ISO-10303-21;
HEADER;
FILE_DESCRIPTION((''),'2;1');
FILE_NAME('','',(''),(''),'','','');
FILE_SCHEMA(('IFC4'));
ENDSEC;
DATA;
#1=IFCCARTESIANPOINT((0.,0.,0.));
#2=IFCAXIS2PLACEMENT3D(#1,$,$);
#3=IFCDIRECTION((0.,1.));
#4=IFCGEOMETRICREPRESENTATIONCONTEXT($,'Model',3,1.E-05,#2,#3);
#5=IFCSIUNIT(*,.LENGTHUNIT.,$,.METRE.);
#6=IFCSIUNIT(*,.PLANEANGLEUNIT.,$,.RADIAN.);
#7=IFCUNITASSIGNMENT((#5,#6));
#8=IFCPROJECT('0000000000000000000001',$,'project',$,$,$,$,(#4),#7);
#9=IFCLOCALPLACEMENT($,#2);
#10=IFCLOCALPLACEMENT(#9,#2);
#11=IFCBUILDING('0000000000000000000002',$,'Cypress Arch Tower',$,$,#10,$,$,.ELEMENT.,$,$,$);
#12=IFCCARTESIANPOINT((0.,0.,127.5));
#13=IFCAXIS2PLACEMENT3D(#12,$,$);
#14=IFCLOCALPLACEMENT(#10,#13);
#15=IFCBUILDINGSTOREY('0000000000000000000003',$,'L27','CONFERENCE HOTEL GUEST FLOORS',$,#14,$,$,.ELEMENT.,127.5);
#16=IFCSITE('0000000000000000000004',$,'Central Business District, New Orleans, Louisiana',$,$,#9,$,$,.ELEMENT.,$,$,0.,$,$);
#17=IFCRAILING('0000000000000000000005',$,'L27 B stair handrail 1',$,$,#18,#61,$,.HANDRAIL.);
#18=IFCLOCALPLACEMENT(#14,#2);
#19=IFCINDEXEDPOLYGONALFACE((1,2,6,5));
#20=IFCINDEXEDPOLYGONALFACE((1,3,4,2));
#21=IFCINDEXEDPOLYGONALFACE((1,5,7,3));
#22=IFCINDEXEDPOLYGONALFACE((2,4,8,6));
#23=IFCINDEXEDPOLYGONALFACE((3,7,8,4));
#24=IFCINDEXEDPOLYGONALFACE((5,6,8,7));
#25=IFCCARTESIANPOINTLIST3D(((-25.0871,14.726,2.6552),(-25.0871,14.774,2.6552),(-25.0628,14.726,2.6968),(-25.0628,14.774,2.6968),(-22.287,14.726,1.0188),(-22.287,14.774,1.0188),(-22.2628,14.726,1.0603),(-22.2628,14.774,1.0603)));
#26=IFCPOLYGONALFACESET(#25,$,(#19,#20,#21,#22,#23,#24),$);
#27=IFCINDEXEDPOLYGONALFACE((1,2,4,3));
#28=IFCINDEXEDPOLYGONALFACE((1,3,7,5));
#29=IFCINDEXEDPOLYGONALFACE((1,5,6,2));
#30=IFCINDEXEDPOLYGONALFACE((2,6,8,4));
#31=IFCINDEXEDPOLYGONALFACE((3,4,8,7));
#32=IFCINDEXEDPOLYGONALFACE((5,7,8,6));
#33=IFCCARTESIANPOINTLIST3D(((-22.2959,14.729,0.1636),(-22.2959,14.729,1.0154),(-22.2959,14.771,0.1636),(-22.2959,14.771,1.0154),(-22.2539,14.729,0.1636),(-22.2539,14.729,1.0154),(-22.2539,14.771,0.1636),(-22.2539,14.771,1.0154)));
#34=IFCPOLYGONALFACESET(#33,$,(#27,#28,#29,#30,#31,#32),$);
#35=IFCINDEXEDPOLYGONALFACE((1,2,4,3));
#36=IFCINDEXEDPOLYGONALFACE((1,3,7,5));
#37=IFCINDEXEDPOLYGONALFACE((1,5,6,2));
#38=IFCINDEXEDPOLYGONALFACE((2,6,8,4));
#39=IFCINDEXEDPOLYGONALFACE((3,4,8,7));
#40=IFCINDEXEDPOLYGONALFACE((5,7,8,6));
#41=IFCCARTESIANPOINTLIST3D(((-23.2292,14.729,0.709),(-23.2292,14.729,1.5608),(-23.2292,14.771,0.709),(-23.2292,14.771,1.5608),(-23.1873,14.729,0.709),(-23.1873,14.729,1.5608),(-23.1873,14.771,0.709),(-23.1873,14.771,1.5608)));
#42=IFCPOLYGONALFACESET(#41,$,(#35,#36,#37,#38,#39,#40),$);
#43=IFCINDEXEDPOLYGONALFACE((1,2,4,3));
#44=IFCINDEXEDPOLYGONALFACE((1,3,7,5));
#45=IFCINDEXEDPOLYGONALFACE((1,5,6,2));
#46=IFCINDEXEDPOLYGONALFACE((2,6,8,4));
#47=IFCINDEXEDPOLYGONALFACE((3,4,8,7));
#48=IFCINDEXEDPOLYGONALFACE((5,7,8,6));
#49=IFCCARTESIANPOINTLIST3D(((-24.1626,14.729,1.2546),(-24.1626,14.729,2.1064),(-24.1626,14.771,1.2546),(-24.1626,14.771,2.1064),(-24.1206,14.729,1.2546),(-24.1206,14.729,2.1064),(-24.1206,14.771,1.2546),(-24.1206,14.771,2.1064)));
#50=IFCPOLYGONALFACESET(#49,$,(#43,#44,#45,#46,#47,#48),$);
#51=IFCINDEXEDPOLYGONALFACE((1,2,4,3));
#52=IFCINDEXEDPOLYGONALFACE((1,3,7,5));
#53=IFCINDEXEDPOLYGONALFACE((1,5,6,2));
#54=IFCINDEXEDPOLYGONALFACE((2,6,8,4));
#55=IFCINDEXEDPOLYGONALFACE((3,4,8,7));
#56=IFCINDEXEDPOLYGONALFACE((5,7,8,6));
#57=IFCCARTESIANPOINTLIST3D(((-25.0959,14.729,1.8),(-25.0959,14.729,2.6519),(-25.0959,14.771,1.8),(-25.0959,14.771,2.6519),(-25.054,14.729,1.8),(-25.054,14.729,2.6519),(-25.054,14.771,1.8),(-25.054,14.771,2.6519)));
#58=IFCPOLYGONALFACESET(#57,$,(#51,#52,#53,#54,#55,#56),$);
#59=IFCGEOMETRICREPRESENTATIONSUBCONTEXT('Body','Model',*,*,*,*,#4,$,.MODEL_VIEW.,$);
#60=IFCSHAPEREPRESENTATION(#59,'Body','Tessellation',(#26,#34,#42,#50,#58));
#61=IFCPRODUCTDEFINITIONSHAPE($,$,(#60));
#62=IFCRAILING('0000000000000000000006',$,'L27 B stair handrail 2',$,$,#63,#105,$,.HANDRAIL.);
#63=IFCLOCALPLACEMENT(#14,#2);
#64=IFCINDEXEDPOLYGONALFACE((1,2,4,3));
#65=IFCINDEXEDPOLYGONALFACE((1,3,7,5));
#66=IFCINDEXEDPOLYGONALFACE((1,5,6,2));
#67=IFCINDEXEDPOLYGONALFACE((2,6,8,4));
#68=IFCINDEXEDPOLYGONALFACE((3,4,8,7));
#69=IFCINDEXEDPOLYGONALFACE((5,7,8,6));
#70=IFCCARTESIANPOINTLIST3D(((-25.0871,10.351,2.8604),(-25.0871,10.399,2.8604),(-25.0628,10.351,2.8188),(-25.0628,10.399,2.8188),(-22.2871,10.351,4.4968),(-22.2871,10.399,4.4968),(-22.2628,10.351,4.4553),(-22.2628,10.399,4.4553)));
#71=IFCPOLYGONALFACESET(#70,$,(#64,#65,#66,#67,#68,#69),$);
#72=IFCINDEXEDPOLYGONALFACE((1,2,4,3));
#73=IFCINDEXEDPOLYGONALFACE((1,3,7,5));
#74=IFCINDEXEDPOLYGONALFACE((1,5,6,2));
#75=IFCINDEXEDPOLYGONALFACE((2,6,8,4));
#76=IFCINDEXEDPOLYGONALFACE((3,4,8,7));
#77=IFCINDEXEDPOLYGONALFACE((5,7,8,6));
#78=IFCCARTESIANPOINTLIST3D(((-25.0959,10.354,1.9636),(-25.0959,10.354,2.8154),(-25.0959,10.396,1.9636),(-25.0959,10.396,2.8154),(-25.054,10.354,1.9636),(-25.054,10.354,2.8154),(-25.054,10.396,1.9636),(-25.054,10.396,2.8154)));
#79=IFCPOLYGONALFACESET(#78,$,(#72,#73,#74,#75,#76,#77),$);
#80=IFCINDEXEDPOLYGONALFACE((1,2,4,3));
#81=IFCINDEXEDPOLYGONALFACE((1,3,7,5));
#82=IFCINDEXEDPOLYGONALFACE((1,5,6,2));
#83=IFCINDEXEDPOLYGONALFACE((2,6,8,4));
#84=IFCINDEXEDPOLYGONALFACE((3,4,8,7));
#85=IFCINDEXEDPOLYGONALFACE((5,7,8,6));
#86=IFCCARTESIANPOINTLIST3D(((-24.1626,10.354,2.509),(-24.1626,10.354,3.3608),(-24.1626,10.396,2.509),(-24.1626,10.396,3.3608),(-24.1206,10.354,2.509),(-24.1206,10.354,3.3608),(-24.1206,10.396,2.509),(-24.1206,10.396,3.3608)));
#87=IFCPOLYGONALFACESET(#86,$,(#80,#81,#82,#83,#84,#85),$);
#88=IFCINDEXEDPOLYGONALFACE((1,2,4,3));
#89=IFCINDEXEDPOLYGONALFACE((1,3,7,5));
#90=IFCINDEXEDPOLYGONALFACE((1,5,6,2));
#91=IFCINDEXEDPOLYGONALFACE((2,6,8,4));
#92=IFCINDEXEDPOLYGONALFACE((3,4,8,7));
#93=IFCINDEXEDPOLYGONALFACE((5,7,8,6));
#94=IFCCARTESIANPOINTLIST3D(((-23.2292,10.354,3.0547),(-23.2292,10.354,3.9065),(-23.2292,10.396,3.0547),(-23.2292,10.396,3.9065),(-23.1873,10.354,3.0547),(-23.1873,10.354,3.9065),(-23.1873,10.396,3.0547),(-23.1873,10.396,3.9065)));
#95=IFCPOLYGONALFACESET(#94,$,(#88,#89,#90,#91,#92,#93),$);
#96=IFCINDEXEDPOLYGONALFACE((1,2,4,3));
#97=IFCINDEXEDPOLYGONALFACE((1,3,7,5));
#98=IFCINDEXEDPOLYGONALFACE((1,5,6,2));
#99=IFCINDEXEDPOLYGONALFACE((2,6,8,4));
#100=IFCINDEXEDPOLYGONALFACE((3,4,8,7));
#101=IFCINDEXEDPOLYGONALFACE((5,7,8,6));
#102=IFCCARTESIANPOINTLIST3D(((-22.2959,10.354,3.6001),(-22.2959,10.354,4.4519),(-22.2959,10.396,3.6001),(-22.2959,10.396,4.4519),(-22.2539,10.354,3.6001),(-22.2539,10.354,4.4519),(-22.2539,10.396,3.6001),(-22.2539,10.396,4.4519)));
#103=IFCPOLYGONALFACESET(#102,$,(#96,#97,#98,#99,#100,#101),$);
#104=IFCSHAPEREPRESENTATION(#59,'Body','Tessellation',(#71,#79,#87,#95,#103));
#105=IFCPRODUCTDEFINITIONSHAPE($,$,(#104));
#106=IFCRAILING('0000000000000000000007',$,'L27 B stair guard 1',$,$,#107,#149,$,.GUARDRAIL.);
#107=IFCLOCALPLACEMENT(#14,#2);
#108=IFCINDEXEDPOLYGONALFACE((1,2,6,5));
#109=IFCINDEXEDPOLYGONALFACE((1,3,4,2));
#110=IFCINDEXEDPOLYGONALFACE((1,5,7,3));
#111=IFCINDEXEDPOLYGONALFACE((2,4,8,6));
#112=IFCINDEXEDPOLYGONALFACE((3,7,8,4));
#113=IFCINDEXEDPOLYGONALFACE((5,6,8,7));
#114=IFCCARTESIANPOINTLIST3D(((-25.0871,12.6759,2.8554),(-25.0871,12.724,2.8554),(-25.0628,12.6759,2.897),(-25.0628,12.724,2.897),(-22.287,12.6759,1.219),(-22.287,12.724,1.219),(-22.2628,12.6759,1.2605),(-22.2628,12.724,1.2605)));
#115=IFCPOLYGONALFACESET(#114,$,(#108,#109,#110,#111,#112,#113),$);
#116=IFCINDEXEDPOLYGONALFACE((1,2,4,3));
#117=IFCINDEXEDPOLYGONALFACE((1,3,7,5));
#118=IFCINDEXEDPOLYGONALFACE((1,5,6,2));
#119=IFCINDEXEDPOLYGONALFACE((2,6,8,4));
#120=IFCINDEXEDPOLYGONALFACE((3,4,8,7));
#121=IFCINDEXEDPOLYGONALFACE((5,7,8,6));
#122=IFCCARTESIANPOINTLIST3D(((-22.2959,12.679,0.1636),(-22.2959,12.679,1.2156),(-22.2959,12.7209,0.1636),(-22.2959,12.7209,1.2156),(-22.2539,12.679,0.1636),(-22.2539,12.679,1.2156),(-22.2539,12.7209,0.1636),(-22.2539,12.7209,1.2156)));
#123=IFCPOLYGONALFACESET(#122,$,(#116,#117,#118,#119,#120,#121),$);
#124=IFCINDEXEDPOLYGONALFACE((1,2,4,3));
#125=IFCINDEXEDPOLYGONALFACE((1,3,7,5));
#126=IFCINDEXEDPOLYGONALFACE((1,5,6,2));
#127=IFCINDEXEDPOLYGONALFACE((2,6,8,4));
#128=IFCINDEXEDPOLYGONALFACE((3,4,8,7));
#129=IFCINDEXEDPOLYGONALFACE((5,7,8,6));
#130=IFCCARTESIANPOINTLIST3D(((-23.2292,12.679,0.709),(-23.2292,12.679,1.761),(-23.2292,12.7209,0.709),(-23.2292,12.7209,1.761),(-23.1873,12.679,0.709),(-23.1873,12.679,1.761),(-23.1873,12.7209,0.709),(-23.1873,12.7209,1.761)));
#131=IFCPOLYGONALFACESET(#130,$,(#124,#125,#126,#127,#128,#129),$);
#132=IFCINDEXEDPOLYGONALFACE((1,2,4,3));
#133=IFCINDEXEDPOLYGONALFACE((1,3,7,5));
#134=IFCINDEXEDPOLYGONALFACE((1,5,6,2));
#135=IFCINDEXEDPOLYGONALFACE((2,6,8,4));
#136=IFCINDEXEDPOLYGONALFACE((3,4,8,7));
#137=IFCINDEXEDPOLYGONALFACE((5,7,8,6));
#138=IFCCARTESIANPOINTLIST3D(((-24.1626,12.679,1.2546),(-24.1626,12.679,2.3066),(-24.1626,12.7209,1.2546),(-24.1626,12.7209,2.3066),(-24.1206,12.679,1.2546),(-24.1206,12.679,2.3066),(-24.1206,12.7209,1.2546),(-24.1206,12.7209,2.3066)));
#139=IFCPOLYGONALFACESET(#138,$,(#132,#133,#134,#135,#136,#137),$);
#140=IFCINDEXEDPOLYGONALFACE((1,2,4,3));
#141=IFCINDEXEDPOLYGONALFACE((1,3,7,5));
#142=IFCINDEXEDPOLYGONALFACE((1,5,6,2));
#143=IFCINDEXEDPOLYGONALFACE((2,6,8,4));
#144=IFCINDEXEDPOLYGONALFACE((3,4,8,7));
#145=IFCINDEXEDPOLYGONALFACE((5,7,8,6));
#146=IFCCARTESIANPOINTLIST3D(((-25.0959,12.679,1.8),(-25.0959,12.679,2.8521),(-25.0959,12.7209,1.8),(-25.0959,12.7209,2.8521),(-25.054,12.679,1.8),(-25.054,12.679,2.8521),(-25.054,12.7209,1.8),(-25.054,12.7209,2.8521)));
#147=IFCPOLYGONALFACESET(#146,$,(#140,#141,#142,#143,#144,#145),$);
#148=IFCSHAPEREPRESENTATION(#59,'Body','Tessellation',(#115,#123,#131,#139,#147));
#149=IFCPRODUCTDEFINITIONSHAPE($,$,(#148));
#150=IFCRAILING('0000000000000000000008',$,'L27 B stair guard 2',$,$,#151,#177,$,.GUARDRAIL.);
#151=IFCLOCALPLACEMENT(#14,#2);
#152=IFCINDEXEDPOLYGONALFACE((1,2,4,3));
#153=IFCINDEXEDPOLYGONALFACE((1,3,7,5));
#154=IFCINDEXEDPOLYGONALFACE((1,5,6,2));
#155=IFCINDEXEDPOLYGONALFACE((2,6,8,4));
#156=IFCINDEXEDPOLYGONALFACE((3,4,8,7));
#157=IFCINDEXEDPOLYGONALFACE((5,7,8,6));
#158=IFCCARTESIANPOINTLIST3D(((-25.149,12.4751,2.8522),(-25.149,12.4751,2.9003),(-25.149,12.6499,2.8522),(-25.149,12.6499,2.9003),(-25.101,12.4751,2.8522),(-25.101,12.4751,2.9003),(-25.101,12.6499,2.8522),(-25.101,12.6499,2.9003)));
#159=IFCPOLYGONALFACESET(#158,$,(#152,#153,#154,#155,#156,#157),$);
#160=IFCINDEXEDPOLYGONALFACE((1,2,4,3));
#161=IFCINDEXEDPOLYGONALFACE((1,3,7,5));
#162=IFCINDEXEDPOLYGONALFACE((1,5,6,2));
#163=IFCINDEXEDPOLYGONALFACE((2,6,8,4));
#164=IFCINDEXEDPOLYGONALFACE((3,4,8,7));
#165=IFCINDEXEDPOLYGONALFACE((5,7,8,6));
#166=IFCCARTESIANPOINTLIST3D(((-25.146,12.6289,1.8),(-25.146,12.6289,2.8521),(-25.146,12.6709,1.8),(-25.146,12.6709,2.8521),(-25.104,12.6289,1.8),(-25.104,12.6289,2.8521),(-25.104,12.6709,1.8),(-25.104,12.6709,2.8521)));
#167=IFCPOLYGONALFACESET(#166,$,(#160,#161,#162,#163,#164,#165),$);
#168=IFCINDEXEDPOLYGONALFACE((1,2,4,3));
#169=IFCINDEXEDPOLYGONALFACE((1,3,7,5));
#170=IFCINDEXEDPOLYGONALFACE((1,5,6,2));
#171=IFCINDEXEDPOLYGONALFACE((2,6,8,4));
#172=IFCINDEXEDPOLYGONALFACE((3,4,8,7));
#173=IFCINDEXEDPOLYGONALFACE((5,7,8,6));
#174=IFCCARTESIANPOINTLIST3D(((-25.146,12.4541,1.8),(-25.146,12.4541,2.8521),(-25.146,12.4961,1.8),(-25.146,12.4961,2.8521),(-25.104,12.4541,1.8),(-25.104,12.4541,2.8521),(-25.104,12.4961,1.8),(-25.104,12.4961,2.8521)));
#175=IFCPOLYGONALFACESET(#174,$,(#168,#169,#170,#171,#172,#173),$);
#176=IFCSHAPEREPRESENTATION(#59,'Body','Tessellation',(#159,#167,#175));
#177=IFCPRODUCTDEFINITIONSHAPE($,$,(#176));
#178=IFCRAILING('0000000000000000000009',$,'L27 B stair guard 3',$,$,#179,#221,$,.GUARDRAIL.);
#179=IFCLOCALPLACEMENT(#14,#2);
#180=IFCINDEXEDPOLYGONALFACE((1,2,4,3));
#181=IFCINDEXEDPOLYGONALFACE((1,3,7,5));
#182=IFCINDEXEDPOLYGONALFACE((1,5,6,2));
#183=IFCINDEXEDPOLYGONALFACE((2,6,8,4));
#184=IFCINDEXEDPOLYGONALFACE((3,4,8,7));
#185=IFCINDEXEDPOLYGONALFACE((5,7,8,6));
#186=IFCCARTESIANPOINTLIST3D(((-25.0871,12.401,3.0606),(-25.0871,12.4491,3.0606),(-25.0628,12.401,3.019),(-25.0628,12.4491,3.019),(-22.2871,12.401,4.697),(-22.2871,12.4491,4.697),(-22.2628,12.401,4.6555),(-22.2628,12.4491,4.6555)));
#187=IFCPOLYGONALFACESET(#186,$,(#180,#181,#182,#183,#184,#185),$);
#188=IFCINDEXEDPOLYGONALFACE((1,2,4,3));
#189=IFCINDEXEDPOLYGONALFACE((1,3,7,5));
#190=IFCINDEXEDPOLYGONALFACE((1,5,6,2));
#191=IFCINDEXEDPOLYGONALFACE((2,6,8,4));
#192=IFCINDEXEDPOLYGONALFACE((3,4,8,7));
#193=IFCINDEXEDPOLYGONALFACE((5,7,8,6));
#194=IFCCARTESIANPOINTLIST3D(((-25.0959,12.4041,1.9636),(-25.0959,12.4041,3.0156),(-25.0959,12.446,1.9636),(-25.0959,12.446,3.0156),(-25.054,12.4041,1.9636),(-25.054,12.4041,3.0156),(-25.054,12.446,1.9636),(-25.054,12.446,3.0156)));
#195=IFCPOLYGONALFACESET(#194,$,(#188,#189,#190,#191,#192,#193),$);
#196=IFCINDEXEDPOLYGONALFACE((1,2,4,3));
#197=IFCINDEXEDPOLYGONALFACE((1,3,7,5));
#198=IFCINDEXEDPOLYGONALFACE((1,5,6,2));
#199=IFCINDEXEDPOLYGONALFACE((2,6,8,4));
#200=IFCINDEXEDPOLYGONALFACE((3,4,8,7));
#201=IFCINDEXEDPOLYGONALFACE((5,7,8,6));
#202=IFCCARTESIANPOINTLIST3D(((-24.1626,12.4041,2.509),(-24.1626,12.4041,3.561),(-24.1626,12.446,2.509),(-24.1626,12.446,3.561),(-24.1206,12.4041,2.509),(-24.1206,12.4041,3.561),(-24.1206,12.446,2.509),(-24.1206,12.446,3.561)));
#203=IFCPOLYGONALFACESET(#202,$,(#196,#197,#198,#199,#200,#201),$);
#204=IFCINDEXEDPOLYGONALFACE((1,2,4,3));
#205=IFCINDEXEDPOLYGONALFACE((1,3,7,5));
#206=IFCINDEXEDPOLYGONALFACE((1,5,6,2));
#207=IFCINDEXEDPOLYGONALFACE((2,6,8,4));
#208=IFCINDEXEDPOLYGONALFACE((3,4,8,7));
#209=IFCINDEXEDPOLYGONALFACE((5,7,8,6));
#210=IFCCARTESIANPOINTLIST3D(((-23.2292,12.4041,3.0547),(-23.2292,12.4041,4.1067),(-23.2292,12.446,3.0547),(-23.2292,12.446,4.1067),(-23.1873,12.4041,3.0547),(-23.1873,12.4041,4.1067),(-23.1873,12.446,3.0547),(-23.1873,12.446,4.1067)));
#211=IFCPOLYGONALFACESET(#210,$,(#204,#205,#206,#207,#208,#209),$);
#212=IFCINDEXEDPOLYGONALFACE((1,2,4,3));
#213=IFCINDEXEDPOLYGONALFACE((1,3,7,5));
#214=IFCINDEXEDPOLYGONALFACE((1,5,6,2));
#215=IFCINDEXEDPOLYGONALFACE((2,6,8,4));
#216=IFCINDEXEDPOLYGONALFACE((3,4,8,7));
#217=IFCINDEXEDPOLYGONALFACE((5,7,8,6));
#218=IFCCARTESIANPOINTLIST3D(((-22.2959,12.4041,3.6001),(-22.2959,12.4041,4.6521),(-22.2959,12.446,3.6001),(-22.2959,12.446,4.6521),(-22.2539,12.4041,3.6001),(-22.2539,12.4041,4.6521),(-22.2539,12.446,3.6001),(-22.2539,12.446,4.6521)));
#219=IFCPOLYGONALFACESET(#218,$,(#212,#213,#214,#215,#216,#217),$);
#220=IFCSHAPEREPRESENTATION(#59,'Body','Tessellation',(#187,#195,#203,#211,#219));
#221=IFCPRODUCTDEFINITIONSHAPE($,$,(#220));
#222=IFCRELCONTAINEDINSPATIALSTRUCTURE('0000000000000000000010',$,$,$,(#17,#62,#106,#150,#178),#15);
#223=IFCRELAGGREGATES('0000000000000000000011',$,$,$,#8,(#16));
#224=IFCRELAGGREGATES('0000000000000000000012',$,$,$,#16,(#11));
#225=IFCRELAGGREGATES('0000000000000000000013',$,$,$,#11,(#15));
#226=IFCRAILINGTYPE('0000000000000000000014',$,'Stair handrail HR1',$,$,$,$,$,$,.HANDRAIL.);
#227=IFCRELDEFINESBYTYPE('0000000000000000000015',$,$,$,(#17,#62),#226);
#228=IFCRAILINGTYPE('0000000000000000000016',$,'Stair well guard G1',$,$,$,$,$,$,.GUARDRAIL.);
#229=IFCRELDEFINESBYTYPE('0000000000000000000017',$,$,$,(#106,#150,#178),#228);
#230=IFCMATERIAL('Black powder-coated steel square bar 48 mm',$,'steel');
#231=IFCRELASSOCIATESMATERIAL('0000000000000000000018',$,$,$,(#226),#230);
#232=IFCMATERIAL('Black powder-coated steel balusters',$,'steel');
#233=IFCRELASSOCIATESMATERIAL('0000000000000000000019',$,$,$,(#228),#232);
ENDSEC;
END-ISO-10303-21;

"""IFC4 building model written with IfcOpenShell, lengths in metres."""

from ifc_helpers import new_model, si_unit, direction, frame, origin, origin_2d, place, context, subcontext, project, spatial, rectangle, extrude, material, type_object, element, save


model = new_model("IFC4")

# Units and contexts
model_context = context("Model", 3, precision=1e-05, world=origin(), true_north=direction((0.0, 1.0)))
body_context = subcontext(model_context, "Body", "Model", "MODEL_VIEW")
ifc_project = project(units=[si_unit("LENGTHUNIT", "METRE"), si_unit("PLANEANGLEUNIT", "RADIAN")], contexts=[model_context])

# Site, building, storey
site_placement = place(None, origin())
site = spatial("IfcSite", under=ifc_project, at=site_placement, Name="Central Business District, New Orleans, Louisiana", CompositionType="ELEMENT", RefElevation=0.0)
building_placement = place(site_placement, origin())
building = spatial("IfcBuilding", under=site, at=building_placement, Name="Cypress Arch Tower", CompositionType="ELEMENT")
storey_placement = place(building_placement, frame((0.0, 0.0, 127.5)))
storey = spatial("IfcBuildingStorey", under=building, at=storey_placement, Name="L27", Description="CONFERENCE HOTEL GUEST FLOORS", CompositionType="ELEMENT", Elevation=127.5)

# Railings
ifc_material_1 = material(Name="Black powder-coated steel square bar 48 mm", Category="steel")
railing_type_1 = type_object("IfcRailingType", Name="Stair handrail HR1", PredefinedType="HANDRAIL", material=ifc_material_1)
railing_1_placement = place(storey_placement, frame((-22.2749, 14.75, 0.1636)))
element("IfcRailing", 1, at=railing_1_placement, inside=storey, type_object=railing_type_1, Name="L27 B stair handrail 1", PredefinedType="HANDRAIL", context=body_context, shape_type="SweptSolid", body=[
    extrude(rectangle(XDim=0.0481, YDim=0.0481, at=origin_2d()), frame((0.0, 0.0, 0.876), z_axis=(-0.863361, 0.0, 0.504587), x_axis=(0.0, -1.0, 0.0)), (0.0, 0.0, 1.0), 3.2432),
    extrude(rectangle(XDim=0.042, YDim=0.042, at=origin_2d()), origin(), (0.0, 0.0, 1.0), 0.8518),
    extrude(rectangle(XDim=0.042, YDim=0.042, at=origin_2d()), frame((-0.9333, 0.0, 0.5454)), (0.0, 0.0, 1.0), 0.8518),
    extrude(rectangle(XDim=0.042, YDim=0.042, at=origin_2d()), frame((-1.8667, 0.0, 1.0911)), (0.0, 0.0, 1.0), 0.8518),
    extrude(rectangle(XDim=0.042, YDim=0.042, at=origin_2d()), frame((-2.8, 0.0, 1.6365)), (0.0, 0.0, 1.0), 0.8518),
])
railing_2_placement = place(storey_placement, frame((-25.075, 10.375, 1.9636)))
element("IfcRailing", 2, at=railing_2_placement, inside=storey, type_object=railing_type_1, Name="L27 B stair handrail 2", PredefinedType="HANDRAIL", context=body_context, shape_type="SweptSolid", body=[
    extrude(rectangle(XDim=0.0481, YDim=0.0481, at=origin_2d()), frame((0.0, 0.0, 0.876), z_axis=(0.863361, 0.0, 0.504587), x_axis=(0.0, 1.0, 0.0)), (0.0, 0.0, 1.0), 3.2432),
    extrude(rectangle(XDim=0.042, YDim=0.042, at=origin_2d()), origin(), (0.0, 0.0, 1.0), 0.8518),
    extrude(rectangle(XDim=0.042, YDim=0.042, at=origin_2d()), frame((0.9333, 0.0, 0.5454)), (0.0, 0.0, 1.0), 0.8518),
    extrude(rectangle(XDim=0.042, YDim=0.042, at=origin_2d()), frame((1.8667, 0.0, 1.0911)), (0.0, 0.0, 1.0), 0.8518),
    extrude(rectangle(XDim=0.042, YDim=0.042, at=origin_2d()), frame((2.8, 0.0, 1.6365)), (0.0, 0.0, 1.0), 0.8518),
])
ifc_material_2 = material(Name="Black powder-coated steel balusters", Category="steel")
railing_type_2 = type_object("IfcRailingType", Name="Stair well guard G1", PredefinedType="GUARDRAIL", material=ifc_material_2)
railing_3_placement = place(storey_placement, frame((-22.2749, 12.7, 0.1636)))
element("IfcRailing", 3, at=railing_3_placement, inside=storey, type_object=railing_type_2, Name="L27 B stair guard 1", PredefinedType="GUARDRAIL", context=body_context, shape_type="SweptSolid", body=[
    extrude(rectangle(XDim=0.0481, YDim=0.0481, at=origin_2d()), frame((0.0, 0.0, 1.0762), z_axis=(-0.863361, 0.0, 0.504587), x_axis=(0.0, -1.0, 0.0)), (0.0, 0.0, 1.0), 3.2432),
    extrude(rectangle(XDim=0.042, YDim=0.042, at=origin_2d()), origin(), (0.0, 0.0, 1.0), 1.052),
    extrude(rectangle(XDim=0.042, YDim=0.042, at=origin_2d()), frame((-0.9333, 0.0, 0.5454)), (0.0, 0.0, 1.0), 1.052),
    extrude(rectangle(XDim=0.042, YDim=0.042, at=origin_2d()), frame((-1.8667, 0.0, 1.0911)), (0.0, 0.0, 1.0), 1.052),
    extrude(rectangle(XDim=0.042, YDim=0.042, at=origin_2d()), frame((-2.8, 0.0, 1.6365)), (0.0, 0.0, 1.0), 1.052),
])
railing_4_placement = place(storey_placement, frame((-25.125, 12.6499, 1.8)))
element("IfcRailing", 4, at=railing_4_placement, inside=storey, type_object=railing_type_2, Name="L27 B stair guard 2", PredefinedType="GUARDRAIL", context=body_context, shape_type="SweptSolid", body=[
    extrude(rectangle(XDim=0.0481, YDim=0.0481, at=origin_2d()), frame((0.0, 0.0, 1.0762), z_axis=(0.0, -1.0, 0.0), x_axis=(1.0, 0.0, 0.0)), (0.0, 0.0, 1.0), 0.1748),
    extrude(rectangle(XDim=0.042, YDim=0.042, at=origin_2d()), origin(), (0.0, 0.0, 1.0), 1.052),
    extrude(rectangle(XDim=0.042, YDim=0.042, at=origin_2d()), frame((0.0, -0.1748, 0.0)), (0.0, 0.0, 1.0), 1.052),
])
railing_5_placement = place(storey_placement, frame((-25.075, 12.425, 1.9636)))
element("IfcRailing", 5, at=railing_5_placement, inside=storey, type_object=railing_type_2, Name="L27 B stair guard 3", PredefinedType="GUARDRAIL", context=body_context, shape_type="SweptSolid", body=[
    extrude(rectangle(XDim=0.0481, YDim=0.0481, at=origin_2d()), frame((0.0, 0.0, 1.0762), z_axis=(0.863361, 0.0, 0.504587), x_axis=(0.0, 1.0, 0.0)), (0.0, 0.0, 1.0), 3.2432),
    extrude(rectangle(XDim=0.042, YDim=0.042, at=origin_2d()), origin(), (0.0, 0.0, 1.0), 1.052),
    extrude(rectangle(XDim=0.042, YDim=0.042, at=origin_2d()), frame((0.9333, 0.0, 0.5454)), (0.0, 0.0, 1.0), 1.052),
    extrude(rectangle(XDim=0.042, YDim=0.042, at=origin_2d()), frame((1.8667, 0.0, 1.0911)), (0.0, 0.0, 1.0), 1.052),
    extrude(rectangle(XDim=0.042, YDim=0.042, at=origin_2d()), frame((2.8, 0.0, 1.6365)), (0.0, 0.0, 1.0), 1.052),
])

save(model, "model.ifc")
